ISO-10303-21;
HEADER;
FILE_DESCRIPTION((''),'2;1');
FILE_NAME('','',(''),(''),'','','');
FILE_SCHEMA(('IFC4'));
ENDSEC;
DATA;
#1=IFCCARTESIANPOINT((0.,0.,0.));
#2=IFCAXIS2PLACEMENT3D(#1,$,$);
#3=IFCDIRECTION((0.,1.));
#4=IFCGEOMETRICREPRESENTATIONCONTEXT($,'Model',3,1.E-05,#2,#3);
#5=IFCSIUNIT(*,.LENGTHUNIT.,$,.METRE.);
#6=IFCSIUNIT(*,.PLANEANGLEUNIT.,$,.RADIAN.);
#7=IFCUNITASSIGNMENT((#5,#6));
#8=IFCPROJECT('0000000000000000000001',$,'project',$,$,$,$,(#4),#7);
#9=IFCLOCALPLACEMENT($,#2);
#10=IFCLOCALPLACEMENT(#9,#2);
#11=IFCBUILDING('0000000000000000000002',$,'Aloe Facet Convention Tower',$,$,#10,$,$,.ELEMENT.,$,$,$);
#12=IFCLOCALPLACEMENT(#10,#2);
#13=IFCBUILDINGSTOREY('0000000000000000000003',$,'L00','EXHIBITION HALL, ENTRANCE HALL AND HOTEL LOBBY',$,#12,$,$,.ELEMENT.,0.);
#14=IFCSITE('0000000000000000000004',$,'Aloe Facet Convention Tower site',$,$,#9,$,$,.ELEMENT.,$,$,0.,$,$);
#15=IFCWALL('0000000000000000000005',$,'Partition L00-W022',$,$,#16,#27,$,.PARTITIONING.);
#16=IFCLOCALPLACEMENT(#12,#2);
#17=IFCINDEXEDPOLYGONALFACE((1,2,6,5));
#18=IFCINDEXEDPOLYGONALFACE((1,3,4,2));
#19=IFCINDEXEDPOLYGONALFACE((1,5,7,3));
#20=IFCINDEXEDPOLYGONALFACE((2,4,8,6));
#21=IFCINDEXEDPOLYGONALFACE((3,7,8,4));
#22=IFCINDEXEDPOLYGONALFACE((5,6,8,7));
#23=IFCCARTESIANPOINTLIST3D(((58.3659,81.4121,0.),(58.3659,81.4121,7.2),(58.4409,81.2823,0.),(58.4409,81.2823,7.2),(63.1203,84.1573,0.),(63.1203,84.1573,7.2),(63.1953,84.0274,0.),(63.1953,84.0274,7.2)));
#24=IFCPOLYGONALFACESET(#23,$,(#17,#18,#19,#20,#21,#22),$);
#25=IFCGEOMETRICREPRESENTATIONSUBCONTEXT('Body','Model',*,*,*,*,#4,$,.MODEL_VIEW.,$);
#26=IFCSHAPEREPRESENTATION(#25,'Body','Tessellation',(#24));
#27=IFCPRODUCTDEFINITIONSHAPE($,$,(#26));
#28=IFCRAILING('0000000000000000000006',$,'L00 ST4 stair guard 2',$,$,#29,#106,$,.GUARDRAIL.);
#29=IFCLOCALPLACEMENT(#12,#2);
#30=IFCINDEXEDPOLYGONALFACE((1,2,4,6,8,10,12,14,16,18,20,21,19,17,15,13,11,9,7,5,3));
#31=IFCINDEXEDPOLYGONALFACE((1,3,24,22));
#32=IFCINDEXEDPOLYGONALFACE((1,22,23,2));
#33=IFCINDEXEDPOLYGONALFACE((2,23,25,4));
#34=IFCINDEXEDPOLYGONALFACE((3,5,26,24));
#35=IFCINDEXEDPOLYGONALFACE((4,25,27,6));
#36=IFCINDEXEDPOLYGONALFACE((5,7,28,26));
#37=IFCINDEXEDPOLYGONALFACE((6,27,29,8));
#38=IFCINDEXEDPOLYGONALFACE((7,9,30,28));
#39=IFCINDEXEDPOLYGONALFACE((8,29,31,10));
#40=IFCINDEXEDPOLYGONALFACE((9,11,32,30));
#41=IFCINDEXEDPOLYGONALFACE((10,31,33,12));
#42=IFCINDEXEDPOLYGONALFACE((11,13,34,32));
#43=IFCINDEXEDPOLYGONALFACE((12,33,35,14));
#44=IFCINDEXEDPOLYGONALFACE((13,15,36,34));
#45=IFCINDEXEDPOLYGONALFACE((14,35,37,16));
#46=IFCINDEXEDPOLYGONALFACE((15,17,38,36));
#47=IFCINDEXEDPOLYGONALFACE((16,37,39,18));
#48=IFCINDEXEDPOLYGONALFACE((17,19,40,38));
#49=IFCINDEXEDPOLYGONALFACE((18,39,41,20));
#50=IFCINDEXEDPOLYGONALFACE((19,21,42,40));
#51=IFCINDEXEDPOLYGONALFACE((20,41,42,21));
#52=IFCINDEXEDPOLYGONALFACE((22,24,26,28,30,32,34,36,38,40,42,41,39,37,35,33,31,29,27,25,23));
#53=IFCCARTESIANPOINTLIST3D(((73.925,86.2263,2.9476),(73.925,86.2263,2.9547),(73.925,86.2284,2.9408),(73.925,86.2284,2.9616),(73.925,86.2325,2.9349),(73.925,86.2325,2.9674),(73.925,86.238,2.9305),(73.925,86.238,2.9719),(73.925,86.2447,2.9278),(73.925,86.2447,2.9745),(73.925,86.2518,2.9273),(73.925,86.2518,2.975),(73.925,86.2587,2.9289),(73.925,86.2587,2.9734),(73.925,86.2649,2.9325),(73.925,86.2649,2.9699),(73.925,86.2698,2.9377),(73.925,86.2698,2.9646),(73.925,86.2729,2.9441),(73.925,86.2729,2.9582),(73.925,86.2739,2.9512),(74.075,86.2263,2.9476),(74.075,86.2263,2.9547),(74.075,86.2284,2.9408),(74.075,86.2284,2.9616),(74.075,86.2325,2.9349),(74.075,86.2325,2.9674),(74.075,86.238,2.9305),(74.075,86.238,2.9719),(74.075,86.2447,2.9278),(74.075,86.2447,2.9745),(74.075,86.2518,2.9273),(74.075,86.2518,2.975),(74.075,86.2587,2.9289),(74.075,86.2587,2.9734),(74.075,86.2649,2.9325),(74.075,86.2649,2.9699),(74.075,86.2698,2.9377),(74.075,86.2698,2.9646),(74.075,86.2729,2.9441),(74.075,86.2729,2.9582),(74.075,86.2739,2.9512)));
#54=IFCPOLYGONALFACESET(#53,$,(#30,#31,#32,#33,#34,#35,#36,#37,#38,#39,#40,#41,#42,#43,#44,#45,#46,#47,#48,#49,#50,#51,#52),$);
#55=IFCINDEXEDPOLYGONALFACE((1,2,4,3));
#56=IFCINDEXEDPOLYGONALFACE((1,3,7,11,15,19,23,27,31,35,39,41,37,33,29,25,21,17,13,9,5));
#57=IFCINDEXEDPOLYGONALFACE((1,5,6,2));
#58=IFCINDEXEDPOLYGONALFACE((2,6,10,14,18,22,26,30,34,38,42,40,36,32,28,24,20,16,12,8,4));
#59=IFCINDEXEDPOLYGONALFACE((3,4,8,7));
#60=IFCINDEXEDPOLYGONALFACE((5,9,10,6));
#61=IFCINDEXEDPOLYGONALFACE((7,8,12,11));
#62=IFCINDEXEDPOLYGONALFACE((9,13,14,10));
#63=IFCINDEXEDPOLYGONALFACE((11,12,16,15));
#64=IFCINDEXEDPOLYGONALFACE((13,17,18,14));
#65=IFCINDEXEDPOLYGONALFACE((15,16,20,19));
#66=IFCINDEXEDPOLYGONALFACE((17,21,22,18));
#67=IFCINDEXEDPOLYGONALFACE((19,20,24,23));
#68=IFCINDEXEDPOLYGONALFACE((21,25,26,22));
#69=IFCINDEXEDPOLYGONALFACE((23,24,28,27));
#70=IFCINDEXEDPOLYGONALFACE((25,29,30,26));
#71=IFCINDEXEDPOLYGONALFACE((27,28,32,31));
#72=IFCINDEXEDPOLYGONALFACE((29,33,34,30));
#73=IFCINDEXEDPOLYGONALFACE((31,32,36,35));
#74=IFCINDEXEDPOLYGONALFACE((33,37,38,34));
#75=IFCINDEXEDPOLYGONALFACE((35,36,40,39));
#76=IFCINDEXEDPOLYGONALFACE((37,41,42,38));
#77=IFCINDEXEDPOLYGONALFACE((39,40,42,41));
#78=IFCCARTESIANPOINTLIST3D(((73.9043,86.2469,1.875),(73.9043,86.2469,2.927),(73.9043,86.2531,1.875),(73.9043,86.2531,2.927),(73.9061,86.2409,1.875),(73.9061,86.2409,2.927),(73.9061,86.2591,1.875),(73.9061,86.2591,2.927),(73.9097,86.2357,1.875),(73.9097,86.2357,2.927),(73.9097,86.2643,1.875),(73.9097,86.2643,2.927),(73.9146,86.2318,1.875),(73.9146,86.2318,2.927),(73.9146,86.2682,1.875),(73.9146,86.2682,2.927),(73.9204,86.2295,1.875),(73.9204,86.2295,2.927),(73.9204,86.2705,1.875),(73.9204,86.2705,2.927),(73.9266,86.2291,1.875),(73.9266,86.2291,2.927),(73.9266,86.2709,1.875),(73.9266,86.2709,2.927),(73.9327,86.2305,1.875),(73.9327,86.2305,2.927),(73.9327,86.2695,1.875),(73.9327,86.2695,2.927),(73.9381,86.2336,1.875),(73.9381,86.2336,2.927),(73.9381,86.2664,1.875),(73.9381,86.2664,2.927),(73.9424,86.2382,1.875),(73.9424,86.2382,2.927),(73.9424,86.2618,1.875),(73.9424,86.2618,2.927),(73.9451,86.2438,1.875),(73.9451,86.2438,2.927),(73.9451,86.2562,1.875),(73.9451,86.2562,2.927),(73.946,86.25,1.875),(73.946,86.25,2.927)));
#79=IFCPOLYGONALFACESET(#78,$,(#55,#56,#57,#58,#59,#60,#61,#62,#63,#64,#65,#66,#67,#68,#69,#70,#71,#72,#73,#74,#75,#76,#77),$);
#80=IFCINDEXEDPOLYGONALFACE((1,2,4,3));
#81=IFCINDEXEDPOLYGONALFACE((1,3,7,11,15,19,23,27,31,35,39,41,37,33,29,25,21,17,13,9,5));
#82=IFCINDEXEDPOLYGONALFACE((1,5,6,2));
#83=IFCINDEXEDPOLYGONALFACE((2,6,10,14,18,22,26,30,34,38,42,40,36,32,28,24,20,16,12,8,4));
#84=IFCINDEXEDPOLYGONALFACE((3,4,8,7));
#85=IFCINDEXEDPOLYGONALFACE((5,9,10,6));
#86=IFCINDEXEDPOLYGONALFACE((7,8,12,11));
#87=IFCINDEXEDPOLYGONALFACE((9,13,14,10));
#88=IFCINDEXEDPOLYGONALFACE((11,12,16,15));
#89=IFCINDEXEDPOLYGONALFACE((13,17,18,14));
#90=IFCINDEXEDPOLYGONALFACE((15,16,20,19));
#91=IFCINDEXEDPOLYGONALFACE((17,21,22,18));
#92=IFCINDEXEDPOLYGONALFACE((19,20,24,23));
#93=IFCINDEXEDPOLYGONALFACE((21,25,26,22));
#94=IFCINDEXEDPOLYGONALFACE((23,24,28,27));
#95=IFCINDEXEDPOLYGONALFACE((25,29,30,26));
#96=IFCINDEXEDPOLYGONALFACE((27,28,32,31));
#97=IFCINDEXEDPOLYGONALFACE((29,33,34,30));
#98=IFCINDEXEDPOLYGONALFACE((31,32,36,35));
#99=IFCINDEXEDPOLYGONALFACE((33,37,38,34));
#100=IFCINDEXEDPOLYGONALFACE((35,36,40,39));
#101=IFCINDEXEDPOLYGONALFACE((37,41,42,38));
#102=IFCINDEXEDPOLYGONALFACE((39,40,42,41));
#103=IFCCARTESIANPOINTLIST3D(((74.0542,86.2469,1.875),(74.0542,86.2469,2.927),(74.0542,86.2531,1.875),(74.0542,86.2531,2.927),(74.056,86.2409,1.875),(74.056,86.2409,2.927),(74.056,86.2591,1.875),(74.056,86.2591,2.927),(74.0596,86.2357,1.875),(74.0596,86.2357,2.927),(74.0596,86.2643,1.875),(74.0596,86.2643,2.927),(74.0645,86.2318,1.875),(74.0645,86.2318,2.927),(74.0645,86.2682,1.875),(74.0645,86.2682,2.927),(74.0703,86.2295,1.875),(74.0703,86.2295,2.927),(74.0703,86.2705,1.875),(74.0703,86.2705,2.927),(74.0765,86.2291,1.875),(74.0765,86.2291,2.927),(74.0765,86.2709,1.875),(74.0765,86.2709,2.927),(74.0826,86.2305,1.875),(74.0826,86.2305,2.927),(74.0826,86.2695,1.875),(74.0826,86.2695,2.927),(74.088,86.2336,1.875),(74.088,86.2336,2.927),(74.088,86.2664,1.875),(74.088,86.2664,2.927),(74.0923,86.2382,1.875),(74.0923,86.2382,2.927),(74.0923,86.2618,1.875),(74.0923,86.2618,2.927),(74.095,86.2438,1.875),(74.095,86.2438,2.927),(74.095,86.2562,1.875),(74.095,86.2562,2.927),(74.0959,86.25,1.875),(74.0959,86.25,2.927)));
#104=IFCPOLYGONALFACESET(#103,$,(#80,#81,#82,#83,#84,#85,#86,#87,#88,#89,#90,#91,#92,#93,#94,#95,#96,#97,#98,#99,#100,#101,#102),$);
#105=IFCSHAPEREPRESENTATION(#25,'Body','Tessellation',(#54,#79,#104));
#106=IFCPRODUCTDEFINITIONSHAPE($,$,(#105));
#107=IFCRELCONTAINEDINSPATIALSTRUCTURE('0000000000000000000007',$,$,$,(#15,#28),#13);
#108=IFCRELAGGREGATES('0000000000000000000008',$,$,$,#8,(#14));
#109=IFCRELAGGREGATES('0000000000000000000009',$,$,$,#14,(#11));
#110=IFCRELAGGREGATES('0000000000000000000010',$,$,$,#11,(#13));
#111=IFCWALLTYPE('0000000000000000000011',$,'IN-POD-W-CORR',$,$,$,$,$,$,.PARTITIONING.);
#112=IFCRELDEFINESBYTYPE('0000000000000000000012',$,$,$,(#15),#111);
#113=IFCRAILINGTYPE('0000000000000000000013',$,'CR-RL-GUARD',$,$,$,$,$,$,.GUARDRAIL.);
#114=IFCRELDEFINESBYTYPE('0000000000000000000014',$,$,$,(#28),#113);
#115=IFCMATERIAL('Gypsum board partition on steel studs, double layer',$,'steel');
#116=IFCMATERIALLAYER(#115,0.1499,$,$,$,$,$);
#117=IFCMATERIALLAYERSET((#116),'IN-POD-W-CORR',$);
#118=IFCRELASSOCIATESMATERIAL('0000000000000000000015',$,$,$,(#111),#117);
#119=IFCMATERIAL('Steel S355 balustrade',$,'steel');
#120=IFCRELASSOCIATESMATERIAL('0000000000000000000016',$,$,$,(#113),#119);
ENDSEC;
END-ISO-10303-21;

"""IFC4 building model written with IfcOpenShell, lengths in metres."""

from ifc_helpers import new_model, si_unit, direction, frame, frame_2d, origin, origin_2d, place, context, subcontext, project, spatial, rectangle, circle, extrude, material, layer, layer_set, type_object, element, save


model = new_model("IFC4")

# Units and contexts
model_context = context("Model", 3, precision=1e-05, world=origin(), true_north=direction((0.0, 1.0)))
body_context = subcontext(model_context, "Body", "Model", "MODEL_VIEW")
ifc_project = project(units=[si_unit("LENGTHUNIT", "METRE"), si_unit("PLANEANGLEUNIT", "RADIAN")], contexts=[model_context])

# Site, building, storey
site_placement = place(None, origin())
site = spatial("IfcSite", under=ifc_project, at=site_placement, Name="Aloe Facet Convention Tower site", CompositionType="ELEMENT", RefElevation=0.0)
building_placement = place(site_placement, origin())
building = spatial("IfcBuilding", under=site, at=building_placement, Name="Aloe Facet Convention Tower", CompositionType="ELEMENT")
storey_placement = place(building_placement, origin())
storey = spatial("IfcBuildingStorey", under=building, at=storey_placement, Name="L00", Description="EXHIBITION HALL, ENTRANCE HALL AND HOTEL LOBBY", CompositionType="ELEMENT", Elevation=0.0)

# Wall
ifc_material_1 = material(Name="Gypsum board partition on steel studs, double layer", Category="steel")
ifc_layer_1 = layer(ifc_material_1, 0.1499)
ifc_layer_set_1 = layer_set([ifc_layer_1], Name="IN-POD-W-CORR")
wall_type_1 = type_object("IfcWallType", Name="IN-POD-W-CORR", PredefinedType="PARTITIONING", material=ifc_layer_set_1)
wall_1_placement = place(storey_placement, frame((58.4033, 81.3472, 0.0), z_axis=(0.0, 0.0, 1.0), x_axis=(0.866012, 0.500023, 0.0)))
element("IfcWall", 1, at=wall_1_placement, inside=storey, type_object=wall_type_1, Name="Partition L00-W022", PredefinedType="PARTITIONING", context=body_context, shape_type="SweptSolid", body=[
    extrude(rectangle(XDim=5.49, YDim=0.1499, at=frame_2d((2.7451, 0.0))), origin(), (0.0, 0.0, 1.0), 7.2),
])

# Railing
ifc_material_2 = material(Name="Steel S355 balustrade", Category="steel")
railing_type = type_object("IfcRailingType", Name="CR-RL-GUARD", PredefinedType="GUARDRAIL", material=ifc_material_2)
railing_1_placement = place(storey_placement, frame((73.925, 86.25, 1.875)))
element("IfcRailing", 2, at=railing_1_placement, inside=storey, type_object=railing_type, Name="L00 ST4 stair guard 2", PredefinedType="GUARDRAIL", context=body_context, shape_type="SweptSolid", body=[
    extrude(circle(Radius=0.0239, at=origin_2d()), frame((0.0, 0.0, 1.0762), z_axis=(1.0, 0.0, 0.0), x_axis=(0.0, 1.0, 0.0)), (0.0, 0.0, 1.0), 0.1499),
    extrude(circle(Radius=0.021, at=origin_2d()), origin(), (0.0, 0.0, 1.0), 1.052),
    extrude(circle(Radius=0.021, at=origin_2d()), frame((0.1499, 0.0, 0.0)), (0.0, 0.0, 1.0), 1.052),
])

save(model, "model.ifc")
